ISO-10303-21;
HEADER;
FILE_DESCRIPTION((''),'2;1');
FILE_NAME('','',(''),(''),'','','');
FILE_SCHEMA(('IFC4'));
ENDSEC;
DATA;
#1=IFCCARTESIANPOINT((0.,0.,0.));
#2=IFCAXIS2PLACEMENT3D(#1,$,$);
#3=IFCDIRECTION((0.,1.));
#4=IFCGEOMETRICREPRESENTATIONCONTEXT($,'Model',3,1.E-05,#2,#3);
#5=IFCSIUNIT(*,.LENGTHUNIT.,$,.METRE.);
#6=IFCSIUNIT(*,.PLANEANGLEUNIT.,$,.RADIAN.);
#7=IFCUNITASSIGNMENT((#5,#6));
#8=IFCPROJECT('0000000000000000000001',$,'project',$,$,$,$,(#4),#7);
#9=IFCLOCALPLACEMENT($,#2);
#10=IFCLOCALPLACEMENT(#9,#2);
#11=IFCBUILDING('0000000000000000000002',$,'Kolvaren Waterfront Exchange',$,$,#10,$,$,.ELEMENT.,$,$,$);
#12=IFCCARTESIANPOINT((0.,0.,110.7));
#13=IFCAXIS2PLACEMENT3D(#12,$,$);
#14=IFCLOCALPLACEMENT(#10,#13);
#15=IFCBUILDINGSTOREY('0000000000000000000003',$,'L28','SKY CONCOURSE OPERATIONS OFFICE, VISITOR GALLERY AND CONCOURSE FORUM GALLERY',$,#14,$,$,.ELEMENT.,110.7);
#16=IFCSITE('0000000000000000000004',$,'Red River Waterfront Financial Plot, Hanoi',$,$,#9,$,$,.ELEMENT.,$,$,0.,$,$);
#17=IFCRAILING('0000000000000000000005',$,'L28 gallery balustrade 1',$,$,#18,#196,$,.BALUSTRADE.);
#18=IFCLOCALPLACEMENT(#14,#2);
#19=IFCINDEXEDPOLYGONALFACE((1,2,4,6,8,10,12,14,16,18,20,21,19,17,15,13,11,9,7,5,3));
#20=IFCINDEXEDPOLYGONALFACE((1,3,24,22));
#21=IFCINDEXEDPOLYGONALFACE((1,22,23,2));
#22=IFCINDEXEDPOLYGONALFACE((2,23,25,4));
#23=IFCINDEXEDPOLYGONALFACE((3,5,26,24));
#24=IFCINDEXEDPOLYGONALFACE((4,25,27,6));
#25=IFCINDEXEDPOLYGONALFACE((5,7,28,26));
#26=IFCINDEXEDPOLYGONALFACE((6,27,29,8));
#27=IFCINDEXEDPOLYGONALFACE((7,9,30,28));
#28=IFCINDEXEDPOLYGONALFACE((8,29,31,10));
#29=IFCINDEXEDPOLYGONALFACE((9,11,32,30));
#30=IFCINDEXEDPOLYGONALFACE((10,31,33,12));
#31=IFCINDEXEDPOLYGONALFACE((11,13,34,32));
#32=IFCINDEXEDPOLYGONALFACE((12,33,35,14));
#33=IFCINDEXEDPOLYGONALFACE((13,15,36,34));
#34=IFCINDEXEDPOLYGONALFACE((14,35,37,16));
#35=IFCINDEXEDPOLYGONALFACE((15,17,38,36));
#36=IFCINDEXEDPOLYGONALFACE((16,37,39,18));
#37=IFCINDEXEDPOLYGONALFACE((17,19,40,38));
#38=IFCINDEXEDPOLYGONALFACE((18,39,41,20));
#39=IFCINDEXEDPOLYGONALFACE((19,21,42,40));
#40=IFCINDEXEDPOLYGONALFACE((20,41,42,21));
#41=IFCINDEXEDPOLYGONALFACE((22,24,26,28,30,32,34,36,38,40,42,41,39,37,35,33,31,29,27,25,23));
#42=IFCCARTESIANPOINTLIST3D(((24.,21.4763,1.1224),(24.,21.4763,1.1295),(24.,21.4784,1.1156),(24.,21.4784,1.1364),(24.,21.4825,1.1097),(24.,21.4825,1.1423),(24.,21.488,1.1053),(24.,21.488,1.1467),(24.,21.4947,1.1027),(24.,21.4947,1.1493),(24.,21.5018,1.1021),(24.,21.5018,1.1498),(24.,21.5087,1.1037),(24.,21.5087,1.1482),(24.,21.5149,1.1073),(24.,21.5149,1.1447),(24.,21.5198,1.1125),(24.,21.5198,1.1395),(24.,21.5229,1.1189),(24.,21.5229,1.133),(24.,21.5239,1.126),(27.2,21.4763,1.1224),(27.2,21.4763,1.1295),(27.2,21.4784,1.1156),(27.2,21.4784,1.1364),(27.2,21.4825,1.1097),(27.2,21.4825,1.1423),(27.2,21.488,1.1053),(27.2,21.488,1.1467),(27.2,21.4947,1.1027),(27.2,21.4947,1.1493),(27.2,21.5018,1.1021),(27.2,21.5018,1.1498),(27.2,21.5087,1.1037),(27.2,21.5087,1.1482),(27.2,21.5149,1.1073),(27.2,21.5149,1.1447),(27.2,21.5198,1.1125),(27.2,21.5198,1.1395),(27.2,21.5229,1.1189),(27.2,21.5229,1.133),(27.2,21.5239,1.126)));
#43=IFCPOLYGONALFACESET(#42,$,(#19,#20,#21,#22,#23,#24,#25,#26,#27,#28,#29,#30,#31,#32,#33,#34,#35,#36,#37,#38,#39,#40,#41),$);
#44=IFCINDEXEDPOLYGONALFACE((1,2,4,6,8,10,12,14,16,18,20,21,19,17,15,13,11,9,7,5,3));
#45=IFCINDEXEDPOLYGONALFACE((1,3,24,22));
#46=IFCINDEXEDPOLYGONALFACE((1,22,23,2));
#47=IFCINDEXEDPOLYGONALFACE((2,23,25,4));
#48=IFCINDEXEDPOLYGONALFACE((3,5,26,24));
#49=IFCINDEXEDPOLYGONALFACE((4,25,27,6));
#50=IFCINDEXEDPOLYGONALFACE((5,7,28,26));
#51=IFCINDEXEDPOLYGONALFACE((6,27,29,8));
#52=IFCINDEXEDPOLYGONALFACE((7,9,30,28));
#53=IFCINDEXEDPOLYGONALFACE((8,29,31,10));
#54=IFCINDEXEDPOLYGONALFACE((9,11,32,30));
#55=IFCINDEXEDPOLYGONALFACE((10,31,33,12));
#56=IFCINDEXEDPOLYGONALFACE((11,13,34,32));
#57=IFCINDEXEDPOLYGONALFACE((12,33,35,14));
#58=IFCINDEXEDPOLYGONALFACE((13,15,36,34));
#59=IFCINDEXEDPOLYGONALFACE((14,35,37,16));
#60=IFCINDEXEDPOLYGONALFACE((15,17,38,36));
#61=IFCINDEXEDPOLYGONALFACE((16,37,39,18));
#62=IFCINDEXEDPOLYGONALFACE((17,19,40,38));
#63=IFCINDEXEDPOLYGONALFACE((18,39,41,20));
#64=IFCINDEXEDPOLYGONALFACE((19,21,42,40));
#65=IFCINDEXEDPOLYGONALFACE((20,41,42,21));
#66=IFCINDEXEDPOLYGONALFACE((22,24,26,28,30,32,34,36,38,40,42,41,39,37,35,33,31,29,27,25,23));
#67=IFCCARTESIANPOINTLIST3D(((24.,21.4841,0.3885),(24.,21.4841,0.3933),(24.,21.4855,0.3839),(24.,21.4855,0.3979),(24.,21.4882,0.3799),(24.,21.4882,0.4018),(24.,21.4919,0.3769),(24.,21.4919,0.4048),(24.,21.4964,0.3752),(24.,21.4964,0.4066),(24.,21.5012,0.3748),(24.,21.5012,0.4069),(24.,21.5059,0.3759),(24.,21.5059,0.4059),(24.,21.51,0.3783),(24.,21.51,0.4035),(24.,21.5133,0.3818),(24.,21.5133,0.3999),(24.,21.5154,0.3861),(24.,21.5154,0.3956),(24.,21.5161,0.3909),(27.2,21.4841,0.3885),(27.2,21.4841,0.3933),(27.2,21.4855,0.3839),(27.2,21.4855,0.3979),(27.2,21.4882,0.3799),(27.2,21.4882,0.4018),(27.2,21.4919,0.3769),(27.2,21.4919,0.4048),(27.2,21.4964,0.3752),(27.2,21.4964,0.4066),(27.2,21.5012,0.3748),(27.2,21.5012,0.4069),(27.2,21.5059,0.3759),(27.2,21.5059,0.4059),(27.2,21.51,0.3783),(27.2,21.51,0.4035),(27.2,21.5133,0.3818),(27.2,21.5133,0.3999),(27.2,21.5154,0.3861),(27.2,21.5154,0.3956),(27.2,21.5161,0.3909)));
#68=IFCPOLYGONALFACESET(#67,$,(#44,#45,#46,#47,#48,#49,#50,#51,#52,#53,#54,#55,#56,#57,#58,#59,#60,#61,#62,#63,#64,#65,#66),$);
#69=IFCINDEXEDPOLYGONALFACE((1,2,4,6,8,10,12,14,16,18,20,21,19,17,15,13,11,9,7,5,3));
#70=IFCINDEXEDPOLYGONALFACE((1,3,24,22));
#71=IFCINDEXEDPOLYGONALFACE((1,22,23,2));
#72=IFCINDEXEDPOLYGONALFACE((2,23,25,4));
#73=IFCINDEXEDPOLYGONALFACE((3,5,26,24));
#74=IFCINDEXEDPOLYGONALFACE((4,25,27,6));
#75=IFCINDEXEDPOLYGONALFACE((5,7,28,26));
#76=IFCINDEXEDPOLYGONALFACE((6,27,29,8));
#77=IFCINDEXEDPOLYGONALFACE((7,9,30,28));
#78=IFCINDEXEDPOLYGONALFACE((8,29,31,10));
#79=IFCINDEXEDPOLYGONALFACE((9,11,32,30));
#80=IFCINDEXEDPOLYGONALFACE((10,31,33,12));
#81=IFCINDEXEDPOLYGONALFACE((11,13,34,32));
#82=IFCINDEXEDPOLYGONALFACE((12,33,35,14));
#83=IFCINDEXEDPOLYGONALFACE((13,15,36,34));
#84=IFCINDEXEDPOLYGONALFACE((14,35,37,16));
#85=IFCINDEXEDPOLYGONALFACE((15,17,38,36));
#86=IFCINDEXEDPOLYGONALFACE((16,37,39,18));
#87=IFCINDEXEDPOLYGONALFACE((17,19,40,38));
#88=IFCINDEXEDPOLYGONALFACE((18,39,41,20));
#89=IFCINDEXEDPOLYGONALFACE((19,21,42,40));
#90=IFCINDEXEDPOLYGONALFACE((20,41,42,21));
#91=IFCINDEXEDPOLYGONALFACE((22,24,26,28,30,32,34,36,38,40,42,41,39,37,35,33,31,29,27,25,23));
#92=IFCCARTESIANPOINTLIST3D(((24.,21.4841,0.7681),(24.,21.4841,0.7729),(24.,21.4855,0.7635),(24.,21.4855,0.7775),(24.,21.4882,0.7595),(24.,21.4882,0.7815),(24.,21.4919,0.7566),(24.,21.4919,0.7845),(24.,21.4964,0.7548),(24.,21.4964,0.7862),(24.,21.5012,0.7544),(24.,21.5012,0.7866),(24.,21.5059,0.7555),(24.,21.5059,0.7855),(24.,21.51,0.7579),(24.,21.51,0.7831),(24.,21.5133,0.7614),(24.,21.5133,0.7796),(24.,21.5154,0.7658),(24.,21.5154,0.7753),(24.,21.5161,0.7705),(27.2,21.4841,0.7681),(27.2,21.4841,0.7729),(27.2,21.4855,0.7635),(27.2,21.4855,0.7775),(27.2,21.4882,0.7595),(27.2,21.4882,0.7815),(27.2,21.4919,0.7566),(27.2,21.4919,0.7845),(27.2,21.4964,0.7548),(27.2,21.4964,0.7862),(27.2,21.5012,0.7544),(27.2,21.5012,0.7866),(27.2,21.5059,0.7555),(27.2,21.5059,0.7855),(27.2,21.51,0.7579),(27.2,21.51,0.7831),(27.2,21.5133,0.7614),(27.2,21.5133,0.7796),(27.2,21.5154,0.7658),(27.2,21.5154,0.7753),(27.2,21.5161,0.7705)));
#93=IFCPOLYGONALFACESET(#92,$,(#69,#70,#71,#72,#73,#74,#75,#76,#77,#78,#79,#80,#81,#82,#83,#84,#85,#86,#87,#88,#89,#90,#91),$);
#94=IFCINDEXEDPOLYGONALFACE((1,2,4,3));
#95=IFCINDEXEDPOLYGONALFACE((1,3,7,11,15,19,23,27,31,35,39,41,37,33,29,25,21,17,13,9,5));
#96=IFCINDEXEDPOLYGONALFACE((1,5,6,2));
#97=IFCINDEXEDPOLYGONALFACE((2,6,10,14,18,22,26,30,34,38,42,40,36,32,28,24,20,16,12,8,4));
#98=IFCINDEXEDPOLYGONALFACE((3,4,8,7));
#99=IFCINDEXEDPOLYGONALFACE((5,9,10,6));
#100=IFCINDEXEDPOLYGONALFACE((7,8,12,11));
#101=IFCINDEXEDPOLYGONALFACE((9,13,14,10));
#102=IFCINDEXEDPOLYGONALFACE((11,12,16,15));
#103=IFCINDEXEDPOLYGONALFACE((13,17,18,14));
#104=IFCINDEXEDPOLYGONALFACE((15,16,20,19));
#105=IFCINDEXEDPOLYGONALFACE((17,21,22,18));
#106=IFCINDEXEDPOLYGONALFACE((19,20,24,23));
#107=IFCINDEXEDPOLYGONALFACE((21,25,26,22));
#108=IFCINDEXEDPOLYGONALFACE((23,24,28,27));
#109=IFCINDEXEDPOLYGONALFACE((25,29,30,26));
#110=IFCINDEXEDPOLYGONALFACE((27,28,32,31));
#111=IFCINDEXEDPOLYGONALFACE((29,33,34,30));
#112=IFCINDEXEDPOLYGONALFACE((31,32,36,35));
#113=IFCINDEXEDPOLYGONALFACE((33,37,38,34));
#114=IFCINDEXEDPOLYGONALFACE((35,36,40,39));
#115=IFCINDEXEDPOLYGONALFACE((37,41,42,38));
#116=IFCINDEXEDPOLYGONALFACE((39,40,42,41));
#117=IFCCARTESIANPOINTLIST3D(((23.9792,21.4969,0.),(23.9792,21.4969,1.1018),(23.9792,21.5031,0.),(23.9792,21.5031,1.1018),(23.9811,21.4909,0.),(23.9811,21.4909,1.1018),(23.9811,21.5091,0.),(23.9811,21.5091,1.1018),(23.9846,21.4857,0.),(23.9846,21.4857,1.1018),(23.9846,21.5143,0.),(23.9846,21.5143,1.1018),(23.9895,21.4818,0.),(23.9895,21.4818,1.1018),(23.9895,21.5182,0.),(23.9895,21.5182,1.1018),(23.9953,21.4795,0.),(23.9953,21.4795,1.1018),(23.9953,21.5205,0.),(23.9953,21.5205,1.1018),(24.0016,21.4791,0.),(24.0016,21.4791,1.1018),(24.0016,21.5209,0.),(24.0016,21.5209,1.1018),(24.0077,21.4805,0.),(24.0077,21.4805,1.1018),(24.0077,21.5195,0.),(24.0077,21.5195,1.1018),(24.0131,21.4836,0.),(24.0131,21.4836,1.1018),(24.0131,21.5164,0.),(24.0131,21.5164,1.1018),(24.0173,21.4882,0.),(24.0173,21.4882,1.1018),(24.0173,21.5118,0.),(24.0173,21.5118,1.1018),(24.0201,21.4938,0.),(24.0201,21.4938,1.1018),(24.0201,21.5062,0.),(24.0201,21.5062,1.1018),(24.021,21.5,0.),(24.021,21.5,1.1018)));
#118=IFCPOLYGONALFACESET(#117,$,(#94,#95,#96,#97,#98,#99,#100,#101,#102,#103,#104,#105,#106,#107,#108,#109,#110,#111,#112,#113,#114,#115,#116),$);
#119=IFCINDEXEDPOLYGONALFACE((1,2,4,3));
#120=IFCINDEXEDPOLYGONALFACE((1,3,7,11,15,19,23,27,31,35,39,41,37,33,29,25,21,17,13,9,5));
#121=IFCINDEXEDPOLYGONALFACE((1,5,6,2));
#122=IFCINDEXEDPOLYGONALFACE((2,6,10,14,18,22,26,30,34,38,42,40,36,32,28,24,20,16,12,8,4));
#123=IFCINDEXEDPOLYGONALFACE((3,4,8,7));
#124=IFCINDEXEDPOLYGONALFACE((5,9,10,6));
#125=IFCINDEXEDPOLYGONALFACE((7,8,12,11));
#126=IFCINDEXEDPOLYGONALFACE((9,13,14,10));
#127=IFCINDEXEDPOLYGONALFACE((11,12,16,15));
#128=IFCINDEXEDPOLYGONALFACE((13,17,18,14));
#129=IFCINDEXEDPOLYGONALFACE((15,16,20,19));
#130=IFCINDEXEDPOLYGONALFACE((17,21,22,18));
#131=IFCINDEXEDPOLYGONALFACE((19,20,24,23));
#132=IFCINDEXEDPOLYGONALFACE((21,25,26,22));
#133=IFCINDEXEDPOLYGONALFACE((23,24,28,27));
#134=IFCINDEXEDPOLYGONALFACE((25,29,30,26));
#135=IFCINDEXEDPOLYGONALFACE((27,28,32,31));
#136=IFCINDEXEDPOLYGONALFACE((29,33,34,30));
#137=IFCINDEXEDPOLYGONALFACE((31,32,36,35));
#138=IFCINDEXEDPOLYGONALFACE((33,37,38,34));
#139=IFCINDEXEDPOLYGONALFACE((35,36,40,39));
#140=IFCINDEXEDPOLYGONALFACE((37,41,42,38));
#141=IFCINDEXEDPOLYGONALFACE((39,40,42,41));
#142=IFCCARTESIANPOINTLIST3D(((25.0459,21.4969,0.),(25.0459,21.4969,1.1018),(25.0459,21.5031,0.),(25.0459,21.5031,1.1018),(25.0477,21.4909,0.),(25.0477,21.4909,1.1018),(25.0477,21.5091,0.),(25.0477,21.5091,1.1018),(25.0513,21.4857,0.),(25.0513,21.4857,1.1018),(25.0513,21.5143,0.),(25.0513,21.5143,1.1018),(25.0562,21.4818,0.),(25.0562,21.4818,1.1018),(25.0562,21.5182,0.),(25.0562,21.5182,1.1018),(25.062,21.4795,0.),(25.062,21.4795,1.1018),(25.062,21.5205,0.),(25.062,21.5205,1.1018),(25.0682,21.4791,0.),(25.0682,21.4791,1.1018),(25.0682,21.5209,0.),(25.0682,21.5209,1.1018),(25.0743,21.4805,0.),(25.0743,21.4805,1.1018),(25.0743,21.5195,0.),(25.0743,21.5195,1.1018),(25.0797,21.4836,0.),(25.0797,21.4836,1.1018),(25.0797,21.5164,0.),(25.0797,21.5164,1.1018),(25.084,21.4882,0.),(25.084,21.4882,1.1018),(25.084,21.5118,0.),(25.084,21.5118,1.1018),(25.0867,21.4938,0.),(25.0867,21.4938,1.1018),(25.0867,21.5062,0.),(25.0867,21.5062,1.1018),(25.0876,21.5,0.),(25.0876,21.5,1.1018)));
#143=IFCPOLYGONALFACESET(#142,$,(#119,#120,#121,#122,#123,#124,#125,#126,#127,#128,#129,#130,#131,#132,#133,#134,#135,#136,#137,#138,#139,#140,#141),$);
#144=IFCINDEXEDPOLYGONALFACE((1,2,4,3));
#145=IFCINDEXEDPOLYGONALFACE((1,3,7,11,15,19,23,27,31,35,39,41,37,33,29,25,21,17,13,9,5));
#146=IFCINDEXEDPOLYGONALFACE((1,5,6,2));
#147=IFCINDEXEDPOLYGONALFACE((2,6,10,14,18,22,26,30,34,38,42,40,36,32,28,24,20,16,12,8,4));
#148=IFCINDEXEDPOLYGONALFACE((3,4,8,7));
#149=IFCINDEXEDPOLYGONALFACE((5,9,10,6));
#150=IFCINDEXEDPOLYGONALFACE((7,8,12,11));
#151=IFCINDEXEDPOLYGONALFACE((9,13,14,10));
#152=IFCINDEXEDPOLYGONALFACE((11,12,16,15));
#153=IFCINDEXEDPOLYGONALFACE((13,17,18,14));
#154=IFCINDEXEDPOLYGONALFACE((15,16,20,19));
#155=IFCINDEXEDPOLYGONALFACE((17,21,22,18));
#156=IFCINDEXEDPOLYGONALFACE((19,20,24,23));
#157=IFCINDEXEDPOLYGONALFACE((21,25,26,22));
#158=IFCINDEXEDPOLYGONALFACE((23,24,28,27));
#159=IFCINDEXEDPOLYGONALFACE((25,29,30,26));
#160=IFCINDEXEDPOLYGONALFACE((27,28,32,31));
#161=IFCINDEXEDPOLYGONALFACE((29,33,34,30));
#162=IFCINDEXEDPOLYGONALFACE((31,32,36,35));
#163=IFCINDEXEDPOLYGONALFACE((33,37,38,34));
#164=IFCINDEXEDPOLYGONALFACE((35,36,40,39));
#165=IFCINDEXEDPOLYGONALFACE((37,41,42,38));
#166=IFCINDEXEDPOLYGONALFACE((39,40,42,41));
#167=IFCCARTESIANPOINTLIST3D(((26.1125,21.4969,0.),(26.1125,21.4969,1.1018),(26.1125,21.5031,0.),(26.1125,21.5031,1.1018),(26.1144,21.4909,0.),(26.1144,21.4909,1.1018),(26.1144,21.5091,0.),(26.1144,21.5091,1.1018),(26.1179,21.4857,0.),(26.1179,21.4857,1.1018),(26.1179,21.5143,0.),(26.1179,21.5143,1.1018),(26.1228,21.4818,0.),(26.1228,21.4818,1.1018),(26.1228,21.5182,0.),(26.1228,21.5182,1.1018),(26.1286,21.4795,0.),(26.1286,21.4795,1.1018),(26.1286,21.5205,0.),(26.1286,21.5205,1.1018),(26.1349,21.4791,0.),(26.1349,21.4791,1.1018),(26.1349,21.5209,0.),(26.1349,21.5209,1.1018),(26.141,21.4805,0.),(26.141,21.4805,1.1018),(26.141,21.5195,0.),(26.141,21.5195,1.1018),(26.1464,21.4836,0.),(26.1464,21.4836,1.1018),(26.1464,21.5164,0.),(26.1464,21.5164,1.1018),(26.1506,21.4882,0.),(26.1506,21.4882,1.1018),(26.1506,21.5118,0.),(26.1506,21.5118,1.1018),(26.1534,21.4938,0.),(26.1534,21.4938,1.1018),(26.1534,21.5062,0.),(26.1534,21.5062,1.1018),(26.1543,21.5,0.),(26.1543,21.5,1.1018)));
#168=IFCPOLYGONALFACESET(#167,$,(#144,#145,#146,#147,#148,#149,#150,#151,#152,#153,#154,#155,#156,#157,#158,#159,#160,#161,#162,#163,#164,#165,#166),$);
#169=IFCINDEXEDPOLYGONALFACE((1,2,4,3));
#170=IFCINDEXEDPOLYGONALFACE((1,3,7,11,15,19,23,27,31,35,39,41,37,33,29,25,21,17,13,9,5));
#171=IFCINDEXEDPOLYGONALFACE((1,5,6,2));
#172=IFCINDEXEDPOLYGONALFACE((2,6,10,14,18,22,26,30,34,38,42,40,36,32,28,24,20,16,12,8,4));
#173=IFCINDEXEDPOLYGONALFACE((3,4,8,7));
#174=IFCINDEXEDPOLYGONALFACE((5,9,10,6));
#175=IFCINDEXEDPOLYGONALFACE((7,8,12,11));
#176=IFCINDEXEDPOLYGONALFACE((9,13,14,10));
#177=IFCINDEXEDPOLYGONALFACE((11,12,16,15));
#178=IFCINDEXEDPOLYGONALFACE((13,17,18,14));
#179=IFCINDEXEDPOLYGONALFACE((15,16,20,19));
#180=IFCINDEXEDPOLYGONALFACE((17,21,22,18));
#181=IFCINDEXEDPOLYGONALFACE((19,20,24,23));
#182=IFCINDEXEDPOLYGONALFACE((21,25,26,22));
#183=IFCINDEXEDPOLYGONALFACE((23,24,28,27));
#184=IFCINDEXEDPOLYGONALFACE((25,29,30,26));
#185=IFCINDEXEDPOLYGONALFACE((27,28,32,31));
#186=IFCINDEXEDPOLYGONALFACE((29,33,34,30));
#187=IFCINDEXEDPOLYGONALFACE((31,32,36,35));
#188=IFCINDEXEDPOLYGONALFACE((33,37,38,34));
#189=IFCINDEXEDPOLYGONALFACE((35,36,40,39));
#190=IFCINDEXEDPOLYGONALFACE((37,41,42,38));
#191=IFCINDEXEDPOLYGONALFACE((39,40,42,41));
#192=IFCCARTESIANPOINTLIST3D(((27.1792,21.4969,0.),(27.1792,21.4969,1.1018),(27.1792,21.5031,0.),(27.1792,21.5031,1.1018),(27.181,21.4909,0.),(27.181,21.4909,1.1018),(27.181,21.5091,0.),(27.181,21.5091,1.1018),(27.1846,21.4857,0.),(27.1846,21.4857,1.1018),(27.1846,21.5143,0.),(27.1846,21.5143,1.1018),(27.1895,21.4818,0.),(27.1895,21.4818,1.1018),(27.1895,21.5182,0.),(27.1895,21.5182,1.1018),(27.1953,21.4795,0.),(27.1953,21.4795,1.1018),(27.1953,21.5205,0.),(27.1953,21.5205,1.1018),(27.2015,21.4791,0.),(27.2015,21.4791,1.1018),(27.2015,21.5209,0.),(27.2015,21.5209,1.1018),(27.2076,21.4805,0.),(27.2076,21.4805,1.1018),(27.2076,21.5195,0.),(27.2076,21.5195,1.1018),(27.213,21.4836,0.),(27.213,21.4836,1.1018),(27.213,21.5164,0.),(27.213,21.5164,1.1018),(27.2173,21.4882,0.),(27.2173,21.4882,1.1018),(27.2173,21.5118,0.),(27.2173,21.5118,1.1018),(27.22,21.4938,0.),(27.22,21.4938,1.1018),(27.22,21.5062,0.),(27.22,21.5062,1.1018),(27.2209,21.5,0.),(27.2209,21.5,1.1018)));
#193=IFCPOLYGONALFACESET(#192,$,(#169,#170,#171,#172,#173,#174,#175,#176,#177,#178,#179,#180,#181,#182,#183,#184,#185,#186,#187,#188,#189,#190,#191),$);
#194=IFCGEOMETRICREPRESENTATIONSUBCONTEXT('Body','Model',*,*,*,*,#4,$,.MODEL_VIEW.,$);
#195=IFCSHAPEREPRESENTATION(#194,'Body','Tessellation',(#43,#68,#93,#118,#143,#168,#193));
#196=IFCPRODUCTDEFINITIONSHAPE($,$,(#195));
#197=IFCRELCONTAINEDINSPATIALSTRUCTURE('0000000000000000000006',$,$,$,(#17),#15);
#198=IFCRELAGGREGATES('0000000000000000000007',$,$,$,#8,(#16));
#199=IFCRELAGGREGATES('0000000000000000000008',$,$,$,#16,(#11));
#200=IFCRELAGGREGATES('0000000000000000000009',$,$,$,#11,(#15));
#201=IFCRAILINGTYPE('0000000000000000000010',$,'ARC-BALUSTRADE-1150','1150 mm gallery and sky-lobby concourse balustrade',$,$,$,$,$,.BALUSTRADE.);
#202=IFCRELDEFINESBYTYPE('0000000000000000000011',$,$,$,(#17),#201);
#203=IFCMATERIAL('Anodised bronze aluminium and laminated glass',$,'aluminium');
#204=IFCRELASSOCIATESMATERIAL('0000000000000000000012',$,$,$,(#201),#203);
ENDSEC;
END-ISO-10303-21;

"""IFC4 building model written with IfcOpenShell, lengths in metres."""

from ifc_helpers import new_model, si_unit, direction, frame, origin, origin_2d, place, context, subcontext, project, spatial, circle, extrude, material, type_object, element, save


model = new_model("IFC4")

# Units and contexts
model_context = context("Model", 3, precision=1e-05, world=origin(), true_north=direction((0.0, 1.0)))
body_context = subcontext(model_context, "Body", "Model", "MODEL_VIEW")
ifc_project = project(units=[si_unit("LENGTHUNIT", "METRE"), si_unit("PLANEANGLEUNIT", "RADIAN")], contexts=[model_context])

# Site, building, storey
site_placement = place(None, origin())
site = spatial("IfcSite", under=ifc_project, at=site_placement, Name="Red River Waterfront Financial Plot, Hanoi", CompositionType="ELEMENT", RefElevation=0.0)
building_placement = place(site_placement, origin())
building = spatial("IfcBuilding", under=site, at=building_placement, Name="Kolvaren Waterfront Exchange", CompositionType="ELEMENT")
storey_placement = place(building_placement, frame((0.0, 0.0, 110.7)))
storey = spatial("IfcBuildingStorey", under=building, at=storey_placement, Name="L28", Description="SKY CONCOURSE OPERATIONS OFFICE, VISITOR GALLERY AND CONCOURSE FORUM GALLERY", CompositionType="ELEMENT", Elevation=110.7)

# Railing
ifc_material_1 = material(Name="Anodised bronze aluminium and laminated glass", Category="aluminium")
railing_type = type_object("IfcRailingType", Name="ARC-BALUSTRADE-1150", Description="1150 mm gallery and sky-lobby concourse balustrade", PredefinedType="BALUSTRADE", material=ifc_material_1)
for number, where, name in (
    (1, (24.0, 21.5, 0.0), "L28 gallery balustrade 1"),
):
    element("IfcRailing", number, at=place(storey_placement, frame(where)), inside=storey, type_object=railing_type, Name=name, PredefinedType="BALUSTRADE", context=body_context, shape_type="SweptSolid", body=[
        extrude(circle(Radius=0.0239, at=origin_2d()), frame((0.0, 0.0, 1.126), z_axis=(1.0, 0.0, 0.0), x_axis=(0.0, 1.0, 0.0)), (0.0, 0.0, 1.0), 3.2),
        extrude(circle(Radius=0.0161, at=origin_2d()), frame((0.0, 0.0, 0.3909), z_axis=(1.0, 0.0, 0.0), x_axis=(0.0, 1.0, 0.0)), (0.0, 0.0, 1.0), 3.2),
        extrude(circle(Radius=0.0161, at=origin_2d()), frame((0.0, 0.0, 0.7705), z_axis=(1.0, 0.0, 0.0), x_axis=(0.0, 1.0, 0.0)), (0.0, 0.0, 1.0), 3.2),
        extrude(circle(Radius=0.021, at=origin_2d()), origin(), (0.0, 0.0, 1.0), 1.1018),
        extrude(circle(Radius=0.021, at=origin_2d()), frame((1.0667, 0.0, 0.0)), (0.0, 0.0, 1.0), 1.1018),
        extrude(circle(Radius=0.021, at=origin_2d()), frame((2.1333, 0.0, 0.0)), (0.0, 0.0, 1.0), 1.1018),
        extrude(circle(Radius=0.021, at=origin_2d()), frame((3.2, 0.0, 0.0)), (0.0, 0.0, 1.0), 1.1018),
    ])

save(model, "model.ifc")
